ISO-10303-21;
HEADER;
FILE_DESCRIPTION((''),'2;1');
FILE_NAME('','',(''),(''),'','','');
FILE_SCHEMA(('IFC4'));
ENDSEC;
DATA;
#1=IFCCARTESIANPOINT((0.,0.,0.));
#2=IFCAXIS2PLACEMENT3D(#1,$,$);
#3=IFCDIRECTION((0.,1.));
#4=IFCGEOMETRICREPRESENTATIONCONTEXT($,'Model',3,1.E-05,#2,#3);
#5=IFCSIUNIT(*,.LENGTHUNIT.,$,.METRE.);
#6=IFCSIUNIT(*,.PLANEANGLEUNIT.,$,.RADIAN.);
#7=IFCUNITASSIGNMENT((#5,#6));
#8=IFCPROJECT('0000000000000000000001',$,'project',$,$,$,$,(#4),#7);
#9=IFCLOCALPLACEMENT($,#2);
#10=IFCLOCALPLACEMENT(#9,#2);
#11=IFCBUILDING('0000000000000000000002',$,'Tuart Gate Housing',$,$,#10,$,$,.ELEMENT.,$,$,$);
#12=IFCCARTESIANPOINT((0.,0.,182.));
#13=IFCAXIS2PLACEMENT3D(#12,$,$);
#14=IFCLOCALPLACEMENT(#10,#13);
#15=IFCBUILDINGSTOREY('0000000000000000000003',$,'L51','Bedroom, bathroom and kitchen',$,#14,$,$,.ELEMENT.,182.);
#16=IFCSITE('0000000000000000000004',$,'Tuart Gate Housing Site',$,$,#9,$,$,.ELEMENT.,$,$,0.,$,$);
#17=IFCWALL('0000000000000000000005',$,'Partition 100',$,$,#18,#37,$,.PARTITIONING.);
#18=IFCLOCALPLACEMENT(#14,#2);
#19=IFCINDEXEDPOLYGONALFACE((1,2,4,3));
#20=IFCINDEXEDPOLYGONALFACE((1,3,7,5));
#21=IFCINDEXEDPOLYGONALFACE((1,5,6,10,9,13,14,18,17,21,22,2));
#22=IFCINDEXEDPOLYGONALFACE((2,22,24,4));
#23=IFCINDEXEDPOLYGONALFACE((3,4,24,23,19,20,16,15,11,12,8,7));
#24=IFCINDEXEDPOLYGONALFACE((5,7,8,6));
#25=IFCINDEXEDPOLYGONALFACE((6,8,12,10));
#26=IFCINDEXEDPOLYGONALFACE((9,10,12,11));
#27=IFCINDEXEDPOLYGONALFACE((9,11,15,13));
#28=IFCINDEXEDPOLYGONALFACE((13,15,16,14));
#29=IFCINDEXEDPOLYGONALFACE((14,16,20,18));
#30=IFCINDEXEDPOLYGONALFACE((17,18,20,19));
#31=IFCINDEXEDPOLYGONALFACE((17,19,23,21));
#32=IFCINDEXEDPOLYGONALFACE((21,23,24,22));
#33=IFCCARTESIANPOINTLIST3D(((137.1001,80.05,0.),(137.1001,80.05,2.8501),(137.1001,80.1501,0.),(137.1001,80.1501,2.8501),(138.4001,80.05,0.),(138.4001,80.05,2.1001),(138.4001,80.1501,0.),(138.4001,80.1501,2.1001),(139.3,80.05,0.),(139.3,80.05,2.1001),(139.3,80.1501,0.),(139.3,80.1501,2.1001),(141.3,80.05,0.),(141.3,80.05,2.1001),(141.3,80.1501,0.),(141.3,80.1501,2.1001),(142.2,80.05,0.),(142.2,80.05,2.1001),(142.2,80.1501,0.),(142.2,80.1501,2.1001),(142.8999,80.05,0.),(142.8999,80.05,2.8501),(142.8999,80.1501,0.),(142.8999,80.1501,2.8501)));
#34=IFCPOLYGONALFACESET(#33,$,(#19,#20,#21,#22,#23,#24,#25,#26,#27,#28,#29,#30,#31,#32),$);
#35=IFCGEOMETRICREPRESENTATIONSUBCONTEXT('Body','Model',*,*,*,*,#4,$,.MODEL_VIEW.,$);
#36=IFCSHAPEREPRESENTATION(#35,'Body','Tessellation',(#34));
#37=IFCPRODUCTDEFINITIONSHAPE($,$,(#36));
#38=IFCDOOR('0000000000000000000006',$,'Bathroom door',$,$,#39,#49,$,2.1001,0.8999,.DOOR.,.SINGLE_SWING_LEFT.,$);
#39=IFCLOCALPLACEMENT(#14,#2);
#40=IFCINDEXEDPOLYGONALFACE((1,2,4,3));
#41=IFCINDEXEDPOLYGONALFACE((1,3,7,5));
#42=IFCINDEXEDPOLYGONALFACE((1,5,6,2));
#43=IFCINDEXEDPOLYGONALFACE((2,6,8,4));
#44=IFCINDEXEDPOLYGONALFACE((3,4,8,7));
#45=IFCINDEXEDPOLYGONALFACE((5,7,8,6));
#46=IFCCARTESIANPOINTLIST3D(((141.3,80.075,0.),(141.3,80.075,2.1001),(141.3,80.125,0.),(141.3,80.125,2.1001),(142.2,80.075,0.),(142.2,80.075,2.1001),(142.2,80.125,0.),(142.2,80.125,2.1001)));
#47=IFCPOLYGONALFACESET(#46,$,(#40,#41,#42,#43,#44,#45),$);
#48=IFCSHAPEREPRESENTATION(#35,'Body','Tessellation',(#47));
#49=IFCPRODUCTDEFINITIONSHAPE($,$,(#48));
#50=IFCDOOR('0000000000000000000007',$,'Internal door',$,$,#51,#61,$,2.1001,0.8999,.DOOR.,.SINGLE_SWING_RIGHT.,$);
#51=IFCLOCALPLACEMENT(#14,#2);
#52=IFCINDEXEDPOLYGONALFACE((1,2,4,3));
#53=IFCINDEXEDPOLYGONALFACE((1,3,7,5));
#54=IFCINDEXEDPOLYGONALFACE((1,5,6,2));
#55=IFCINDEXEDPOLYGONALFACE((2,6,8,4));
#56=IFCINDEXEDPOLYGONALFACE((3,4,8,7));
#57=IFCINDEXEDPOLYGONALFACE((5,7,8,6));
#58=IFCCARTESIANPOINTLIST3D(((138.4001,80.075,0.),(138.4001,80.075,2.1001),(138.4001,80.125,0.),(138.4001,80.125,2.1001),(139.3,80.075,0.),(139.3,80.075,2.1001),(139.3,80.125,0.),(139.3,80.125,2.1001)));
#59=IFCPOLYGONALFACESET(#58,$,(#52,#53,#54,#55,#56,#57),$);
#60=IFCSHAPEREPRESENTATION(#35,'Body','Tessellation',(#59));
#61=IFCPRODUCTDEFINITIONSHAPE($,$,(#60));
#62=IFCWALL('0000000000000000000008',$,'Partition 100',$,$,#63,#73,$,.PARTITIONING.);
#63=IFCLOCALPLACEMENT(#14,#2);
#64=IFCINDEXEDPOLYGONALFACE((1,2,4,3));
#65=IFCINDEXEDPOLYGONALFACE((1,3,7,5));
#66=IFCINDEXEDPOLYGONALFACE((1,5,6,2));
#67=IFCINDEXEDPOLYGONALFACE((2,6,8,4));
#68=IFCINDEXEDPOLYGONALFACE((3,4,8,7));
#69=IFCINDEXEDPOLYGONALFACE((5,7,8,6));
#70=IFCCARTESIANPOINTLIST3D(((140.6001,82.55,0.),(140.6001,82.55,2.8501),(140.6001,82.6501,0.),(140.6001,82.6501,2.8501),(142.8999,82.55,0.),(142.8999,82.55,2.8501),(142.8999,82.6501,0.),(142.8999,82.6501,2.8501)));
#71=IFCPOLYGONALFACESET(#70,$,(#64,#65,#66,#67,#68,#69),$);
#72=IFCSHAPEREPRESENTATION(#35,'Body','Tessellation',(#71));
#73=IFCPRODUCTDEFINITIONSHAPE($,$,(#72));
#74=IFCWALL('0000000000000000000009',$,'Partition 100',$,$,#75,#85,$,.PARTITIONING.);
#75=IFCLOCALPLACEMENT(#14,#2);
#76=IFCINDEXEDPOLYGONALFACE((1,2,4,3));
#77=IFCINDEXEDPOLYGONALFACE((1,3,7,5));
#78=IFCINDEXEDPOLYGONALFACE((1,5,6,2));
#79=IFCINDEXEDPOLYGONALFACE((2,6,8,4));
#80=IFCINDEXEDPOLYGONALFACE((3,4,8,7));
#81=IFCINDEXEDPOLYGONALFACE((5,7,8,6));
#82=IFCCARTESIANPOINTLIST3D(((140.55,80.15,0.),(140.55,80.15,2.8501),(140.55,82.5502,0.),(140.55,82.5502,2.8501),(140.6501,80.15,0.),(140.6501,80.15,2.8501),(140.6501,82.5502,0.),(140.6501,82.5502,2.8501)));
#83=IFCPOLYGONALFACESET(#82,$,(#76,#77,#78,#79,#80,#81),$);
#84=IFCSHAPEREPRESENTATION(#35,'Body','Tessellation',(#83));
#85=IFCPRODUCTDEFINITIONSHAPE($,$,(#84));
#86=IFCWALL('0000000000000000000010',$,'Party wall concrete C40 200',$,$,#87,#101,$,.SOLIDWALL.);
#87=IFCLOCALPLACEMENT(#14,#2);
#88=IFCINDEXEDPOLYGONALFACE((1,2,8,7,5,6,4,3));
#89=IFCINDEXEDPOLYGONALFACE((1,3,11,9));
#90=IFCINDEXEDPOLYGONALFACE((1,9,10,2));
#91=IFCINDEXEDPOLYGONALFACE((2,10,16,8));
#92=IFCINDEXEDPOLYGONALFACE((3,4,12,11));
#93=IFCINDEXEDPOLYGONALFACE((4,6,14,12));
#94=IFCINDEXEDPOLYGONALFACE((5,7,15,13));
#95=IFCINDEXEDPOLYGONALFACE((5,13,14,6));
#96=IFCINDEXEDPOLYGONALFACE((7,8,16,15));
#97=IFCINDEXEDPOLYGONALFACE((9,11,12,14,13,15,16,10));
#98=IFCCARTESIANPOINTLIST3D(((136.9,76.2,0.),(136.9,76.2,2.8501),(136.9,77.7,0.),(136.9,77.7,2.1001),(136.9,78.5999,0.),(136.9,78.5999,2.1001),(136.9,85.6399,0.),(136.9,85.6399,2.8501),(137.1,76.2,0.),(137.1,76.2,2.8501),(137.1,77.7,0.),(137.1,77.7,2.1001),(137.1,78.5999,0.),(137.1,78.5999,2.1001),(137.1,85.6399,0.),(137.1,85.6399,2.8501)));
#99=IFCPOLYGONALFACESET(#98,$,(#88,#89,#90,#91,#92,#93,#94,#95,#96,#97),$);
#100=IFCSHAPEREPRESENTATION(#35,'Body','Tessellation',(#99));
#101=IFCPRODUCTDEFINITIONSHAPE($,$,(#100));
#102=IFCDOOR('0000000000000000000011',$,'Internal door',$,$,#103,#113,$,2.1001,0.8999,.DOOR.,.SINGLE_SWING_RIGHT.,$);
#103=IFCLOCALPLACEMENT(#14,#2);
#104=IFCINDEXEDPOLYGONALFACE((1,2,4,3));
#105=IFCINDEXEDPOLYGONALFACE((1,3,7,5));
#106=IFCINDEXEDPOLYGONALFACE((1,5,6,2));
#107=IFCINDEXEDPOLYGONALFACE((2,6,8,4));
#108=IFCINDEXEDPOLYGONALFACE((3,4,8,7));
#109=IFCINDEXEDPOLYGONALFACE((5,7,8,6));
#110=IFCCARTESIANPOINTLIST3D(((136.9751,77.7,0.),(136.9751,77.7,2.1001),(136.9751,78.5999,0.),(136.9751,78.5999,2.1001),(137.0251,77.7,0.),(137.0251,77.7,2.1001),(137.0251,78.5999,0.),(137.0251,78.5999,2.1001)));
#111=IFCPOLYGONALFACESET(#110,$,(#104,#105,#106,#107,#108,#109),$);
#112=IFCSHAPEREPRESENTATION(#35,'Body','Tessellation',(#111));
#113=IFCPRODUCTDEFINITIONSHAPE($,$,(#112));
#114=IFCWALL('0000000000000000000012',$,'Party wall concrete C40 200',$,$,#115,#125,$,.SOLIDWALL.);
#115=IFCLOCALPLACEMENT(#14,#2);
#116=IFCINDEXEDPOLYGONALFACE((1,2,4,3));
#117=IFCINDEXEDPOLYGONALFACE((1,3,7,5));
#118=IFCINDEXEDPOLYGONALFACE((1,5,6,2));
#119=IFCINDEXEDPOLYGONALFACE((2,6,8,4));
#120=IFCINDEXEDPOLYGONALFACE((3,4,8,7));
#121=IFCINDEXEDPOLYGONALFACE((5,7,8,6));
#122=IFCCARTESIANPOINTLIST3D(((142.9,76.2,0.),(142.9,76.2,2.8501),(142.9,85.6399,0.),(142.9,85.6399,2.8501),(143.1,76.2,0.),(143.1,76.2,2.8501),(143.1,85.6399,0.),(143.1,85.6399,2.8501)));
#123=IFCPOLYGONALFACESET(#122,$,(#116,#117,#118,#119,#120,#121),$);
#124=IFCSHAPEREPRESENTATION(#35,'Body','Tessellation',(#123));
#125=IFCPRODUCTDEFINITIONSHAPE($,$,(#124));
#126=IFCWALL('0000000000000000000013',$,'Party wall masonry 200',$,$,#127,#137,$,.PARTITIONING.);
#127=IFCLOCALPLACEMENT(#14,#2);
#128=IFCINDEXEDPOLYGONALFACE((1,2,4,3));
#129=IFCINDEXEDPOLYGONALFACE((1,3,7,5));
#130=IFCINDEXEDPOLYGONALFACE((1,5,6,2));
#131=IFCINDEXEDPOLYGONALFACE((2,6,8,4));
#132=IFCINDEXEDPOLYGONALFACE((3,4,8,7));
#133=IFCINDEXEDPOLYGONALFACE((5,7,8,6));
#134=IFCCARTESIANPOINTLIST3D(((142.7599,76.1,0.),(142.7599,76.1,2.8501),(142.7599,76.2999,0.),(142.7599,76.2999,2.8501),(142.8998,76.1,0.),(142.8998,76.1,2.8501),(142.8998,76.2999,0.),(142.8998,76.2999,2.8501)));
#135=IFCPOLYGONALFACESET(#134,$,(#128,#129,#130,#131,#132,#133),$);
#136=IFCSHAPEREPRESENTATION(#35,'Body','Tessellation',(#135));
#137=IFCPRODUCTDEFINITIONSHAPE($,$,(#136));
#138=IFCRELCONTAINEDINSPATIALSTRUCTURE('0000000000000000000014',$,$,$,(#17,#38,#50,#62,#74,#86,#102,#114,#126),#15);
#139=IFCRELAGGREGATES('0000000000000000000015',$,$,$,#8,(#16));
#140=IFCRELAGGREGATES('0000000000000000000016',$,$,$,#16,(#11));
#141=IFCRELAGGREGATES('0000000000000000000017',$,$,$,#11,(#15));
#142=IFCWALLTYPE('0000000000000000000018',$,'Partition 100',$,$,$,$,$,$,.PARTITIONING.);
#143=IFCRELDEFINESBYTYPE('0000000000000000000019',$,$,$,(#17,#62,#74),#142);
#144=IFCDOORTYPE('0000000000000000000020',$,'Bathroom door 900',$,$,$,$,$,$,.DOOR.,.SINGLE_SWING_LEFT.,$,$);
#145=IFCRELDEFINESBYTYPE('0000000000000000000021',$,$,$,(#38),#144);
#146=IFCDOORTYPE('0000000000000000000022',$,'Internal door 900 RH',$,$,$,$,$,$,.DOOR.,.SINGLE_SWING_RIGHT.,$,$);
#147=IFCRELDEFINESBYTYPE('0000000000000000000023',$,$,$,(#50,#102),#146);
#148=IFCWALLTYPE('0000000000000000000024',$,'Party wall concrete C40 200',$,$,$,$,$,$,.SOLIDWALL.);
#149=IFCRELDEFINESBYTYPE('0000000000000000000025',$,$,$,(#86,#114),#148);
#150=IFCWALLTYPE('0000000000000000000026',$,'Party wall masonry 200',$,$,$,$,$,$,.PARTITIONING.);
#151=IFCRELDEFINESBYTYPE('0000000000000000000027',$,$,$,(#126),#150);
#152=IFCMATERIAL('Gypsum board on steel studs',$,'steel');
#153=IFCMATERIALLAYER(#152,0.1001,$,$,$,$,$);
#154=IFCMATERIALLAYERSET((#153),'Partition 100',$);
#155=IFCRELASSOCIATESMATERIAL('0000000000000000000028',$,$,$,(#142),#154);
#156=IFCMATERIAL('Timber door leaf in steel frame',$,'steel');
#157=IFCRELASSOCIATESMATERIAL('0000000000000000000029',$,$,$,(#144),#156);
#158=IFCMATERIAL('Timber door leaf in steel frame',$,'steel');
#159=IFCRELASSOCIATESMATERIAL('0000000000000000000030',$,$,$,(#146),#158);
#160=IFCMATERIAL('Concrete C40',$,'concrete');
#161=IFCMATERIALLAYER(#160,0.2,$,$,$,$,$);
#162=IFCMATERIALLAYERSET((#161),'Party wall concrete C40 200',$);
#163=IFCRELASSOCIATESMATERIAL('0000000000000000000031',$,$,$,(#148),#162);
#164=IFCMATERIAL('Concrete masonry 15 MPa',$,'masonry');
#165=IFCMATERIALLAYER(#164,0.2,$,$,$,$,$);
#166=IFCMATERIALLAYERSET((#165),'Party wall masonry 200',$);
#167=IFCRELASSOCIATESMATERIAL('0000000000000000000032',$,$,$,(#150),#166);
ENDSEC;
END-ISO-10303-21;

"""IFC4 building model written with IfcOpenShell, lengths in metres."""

from ifc_helpers import new_model, si_unit, direction, frame, frame_2d, origin, place, context, subcontext, project, spatial, rectangle, extrude, material, layer, layer_set, type_object, element, fill, save


model = new_model("IFC4")

# Units and contexts
model_context = context("Model", 3, precision=1e-05, world=origin(), true_north=direction((0.0, 1.0)))
body_context = subcontext(model_context, "Body", "Model", "MODEL_VIEW")
ifc_project = project(units=[si_unit("LENGTHUNIT", "METRE"), si_unit("PLANEANGLEUNIT", "RADIAN")], contexts=[model_context])

# Site, building, storey
site_placement = place(None, origin())
site = spatial("IfcSite", under=ifc_project, at=site_placement, Name="Tuart Gate Housing Site", CompositionType="ELEMENT", RefElevation=0.0)
building_placement = place(site_placement, origin())
building = spatial("IfcBuilding", under=site, at=building_placement, Name="Tuart Gate Housing", CompositionType="ELEMENT")
storey_placement = place(building_placement, frame((0.0, 0.0, 182.0)))
storey = spatial("IfcBuildingStorey", under=building, at=storey_placement, Name="L51", Description="Bedroom, bathroom and kitchen", CompositionType="ELEMENT", Elevation=182.0)

# Shared definitions
ifc_material_1 = material(Name="Gypsum board on steel studs", Category="steel")
ifc_layer_1 = layer(ifc_material_1, 0.1001)
ifc_layer_set_1 = layer_set([ifc_layer_1], Name="Partition 100")
wall_type_1 = type_object("IfcWallType", Name="Partition 100", PredefinedType="PARTITIONING", material=ifc_layer_set_1)

# Wall, openings, doors
wall_1_placement = place(storey_placement, frame((137.1001, 80.1001, 0.0), z_axis=(0.0, 0.0, 1.0), x_axis=(1.0, 0.0, 0.0)))
wall_1 = element("IfcWall", 1, at=wall_1_placement, inside=storey, type_object=wall_type_1, Name="Partition 100", PredefinedType="PARTITIONING", context=body_context, shape_type="SweptSolid", body=[
    extrude(rectangle(XDim=5.7998, YDim=0.1001, at=frame_2d((2.8999, 0.0))), origin(), (0.0, 0.0, 1.0), 2.8501),
])
opening_1_placement = place(wall_1_placement, frame((1.3, 0.0, 0.0)))
opening_1 = element("IfcOpeningElement", 2, at=opening_1_placement, cuts=wall_1, PredefinedType="OPENING", context=body_context, shape_type="SweptSolid", body=[
    extrude(rectangle(XDim=0.8999, YDim=2.1001, at=frame_2d((0.45, 1.05))), frame((0.0, 0.0601, 0.0), z_axis=(0.0, -1.0, 0.0), x_axis=(1.0, 0.0, 0.0)), (0.0, 0.0, 1.0), 0.1201),
])
opening_2_placement = place(wall_1_placement, frame((4.2, 0.0, 0.0)))
opening_2 = element("IfcOpeningElement", 3, at=opening_2_placement, cuts=wall_1, PredefinedType="OPENING", context=body_context, shape_type="SweptSolid", body=[
    extrude(rectangle(XDim=0.8999, YDim=2.1001, at=frame_2d((0.45, 1.05))), frame((0.0, 0.0601, 0.0), z_axis=(0.0, -1.0, 0.0), x_axis=(1.0, 0.0, 0.0)), (0.0, 0.0, 1.0), 0.1201),
])
ifc_material_2 = material(Name="Timber door leaf in steel frame", Category="steel")
door_type_1 = type_object("IfcDoorType", Name="Bathroom door 900", OperationType="SINGLE_SWING_LEFT", PredefinedType="DOOR", material=ifc_material_2)
door_1_placement = place(opening_2_placement, origin())
door_1 = element("IfcDoor", 4, at=door_1_placement, inside=storey, type_object=door_type_1, Name="Bathroom door", OperationType="SINGLE_SWING_LEFT", OverallHeight=2.1001, OverallWidth=0.8999, PredefinedType="DOOR", context=body_context, shape_type="SweptSolid", body=[
    extrude(rectangle(XDim=0.8999, YDim=2.1001, at=frame_2d((0.45, 1.05))), frame((0.0, 0.0249, 0.0), z_axis=(0.0, -1.0, 0.0), x_axis=(1.0, 0.0, 0.0)), (0.0, 0.0, 1.0), 0.05),
])
fill(opening_2, door_1)
ifc_material_3 = material(Name="Timber door leaf in steel frame", Category="steel")
door_type_2 = type_object("IfcDoorType", Name="Internal door 900 RH", OperationType="SINGLE_SWING_RIGHT", PredefinedType="DOOR", material=ifc_material_3)
door_2_placement = place(opening_1_placement, origin())
door_2 = element("IfcDoor", 5, at=door_2_placement, inside=storey, type_object=door_type_2, Name="Internal door", OperationType="SINGLE_SWING_RIGHT", OverallHeight=2.1001, OverallWidth=0.8999, PredefinedType="DOOR", context=body_context, shape_type="SweptSolid", body=[
    extrude(rectangle(XDim=0.8999, YDim=2.1001, at=frame_2d((0.45, 1.05))), frame((0.0, 0.0249, 0.0), z_axis=(0.0, -1.0, 0.0), x_axis=(1.0, 0.0, 0.0)), (0.0, 0.0, 1.0), 0.05),
])
fill(opening_1, door_2)

# Walls
wall_2_placement = place(storey_placement, frame((140.6001, 82.6001, 0.0), z_axis=(0.0, 0.0, 1.0), x_axis=(1.0, 0.0, 0.0)))
element("IfcWall", 6, at=wall_2_placement, inside=storey, type_object=wall_type_1, Name="Partition 100", PredefinedType="PARTITIONING", context=body_context, shape_type="SweptSolid", body=[
    extrude(rectangle(XDim=2.2998, YDim=0.1001, at=frame_2d((1.1499, 0.0))), origin(), (0.0, 0.0, 1.0), 2.8501),
])
wall_3_placement = place(storey_placement, frame((140.6001, 80.1499, 0.0), z_axis=(0.0, 0.0, 1.0), x_axis=(0.0, 1.0, 0.0)))
element("IfcWall", 7, at=wall_3_placement, inside=storey, type_object=wall_type_1, Name="Partition 100", PredefinedType="PARTITIONING", context=body_context, shape_type="SweptSolid", body=[
    extrude(rectangle(XDim=2.4001, YDim=0.1001, at=frame_2d((1.2002, 0.0))), origin(), (0.0, 0.0, 1.0), 2.8501),
])

# Wall, opening, door
ifc_material_4 = material(Name="Concrete C40", Category="concrete")
ifc_layer_2 = layer(ifc_material_4, 0.2)
ifc_layer_set_2 = layer_set([ifc_layer_2], Name="Party wall concrete C40 200")
wall_type_2 = type_object("IfcWallType", Name="Party wall concrete C40 200", PredefinedType="SOLIDWALL", material=ifc_layer_set_2)
wall_4_placement = place(storey_placement, frame((137.0, 76.2, 0.0), z_axis=(0.0, 0.0, 1.0), x_axis=(0.0, 1.0, 0.0)))
wall_4 = element("IfcWall", 8, at=wall_4_placement, inside=storey, type_object=wall_type_2, Name="Party wall concrete C40 200", PredefinedType="SOLIDWALL", context=body_context, shape_type="SweptSolid", body=[
    extrude(rectangle(XDim=9.4399, YDim=0.2, at=frame_2d((4.72, 0.0))), origin(), (0.0, 0.0, 1.0), 2.8501),
])
opening_3_placement = place(wall_4_placement, frame((1.5, 0.0, 0.0)))
opening_3 = element("IfcOpeningElement", 9, at=opening_3_placement, cuts=wall_4, PredefinedType="OPENING", context=body_context, shape_type="SweptSolid", body=[
    extrude(rectangle(XDim=0.8999, YDim=2.1001, at=frame_2d((0.45, 1.05))), frame((0.0, 0.1099, 0.0), z_axis=(0.0, -1.0, 0.0), x_axis=(1.0, 0.0, 0.0)), (0.0, 0.0, 1.0), 0.22),
])
door_3_placement = place(opening_3_placement, frame((0.8999, 0.0, 0.0), z_axis=(0.0, 0.0, 1.0), x_axis=(-1.0, 0.0, 0.0)))
door_3 = element("IfcDoor", 10, at=door_3_placement, inside=storey, type_object=door_type_2, Name="Internal door", OperationType="SINGLE_SWING_RIGHT", OverallHeight=2.1001, OverallWidth=0.8999, PredefinedType="DOOR", context=body_context, shape_type="SweptSolid", body=[
    extrude(rectangle(XDim=0.8999, YDim=2.1001, at=frame_2d((0.45, 1.05))), frame((0.0, 0.0251, 0.0), z_axis=(0.0, -1.0, 0.0), x_axis=(1.0, 0.0, 0.0)), (0.0, 0.0, 1.0), 0.05),
])
fill(opening_3, door_3)

# Walls
wall_5_placement = place(storey_placement, frame((143.0, 76.2, 0.0), z_axis=(0.0, 0.0, 1.0), x_axis=(0.0, 1.0, 0.0)))
element("IfcWall", 11, at=wall_5_placement, inside=storey, type_object=wall_type_2, Name="Party wall concrete C40 200", PredefinedType="SOLIDWALL", context=body_context, shape_type="SweptSolid", body=[
    extrude(rectangle(XDim=9.4399, YDim=0.2, at=frame_2d((4.72, 0.0))), origin(), (0.0, 0.0, 1.0), 2.8501),
])
ifc_material_5 = material(Name="Concrete masonry 15 MPa", Category="masonry")
ifc_layer_3 = layer(ifc_material_5, 0.2)
ifc_layer_set_3 = layer_set([ifc_layer_3], Name="Party wall masonry 200")
wall_type_3 = type_object("IfcWallType", Name="Party wall masonry 200", PredefinedType="PARTITIONING", material=ifc_layer_set_3)
wall_6_placement = place(storey_placement, frame((142.76, 76.2, 0.0), z_axis=(0.0, 0.0, 1.0), x_axis=(1.0, 0.0, 0.0)))
element("IfcWall", 12, at=wall_6_placement, inside=storey, type_object=wall_type_3, Name="Party wall masonry 200", PredefinedType="PARTITIONING", context=body_context, shape_type="SweptSolid", body=[
    extrude(rectangle(XDim=0.1399, YDim=0.2, at=frame_2d((0.0698, 0.0))), origin(), (0.0, 0.0, 1.0), 2.8501),
])

save(model, "model.ifc")
